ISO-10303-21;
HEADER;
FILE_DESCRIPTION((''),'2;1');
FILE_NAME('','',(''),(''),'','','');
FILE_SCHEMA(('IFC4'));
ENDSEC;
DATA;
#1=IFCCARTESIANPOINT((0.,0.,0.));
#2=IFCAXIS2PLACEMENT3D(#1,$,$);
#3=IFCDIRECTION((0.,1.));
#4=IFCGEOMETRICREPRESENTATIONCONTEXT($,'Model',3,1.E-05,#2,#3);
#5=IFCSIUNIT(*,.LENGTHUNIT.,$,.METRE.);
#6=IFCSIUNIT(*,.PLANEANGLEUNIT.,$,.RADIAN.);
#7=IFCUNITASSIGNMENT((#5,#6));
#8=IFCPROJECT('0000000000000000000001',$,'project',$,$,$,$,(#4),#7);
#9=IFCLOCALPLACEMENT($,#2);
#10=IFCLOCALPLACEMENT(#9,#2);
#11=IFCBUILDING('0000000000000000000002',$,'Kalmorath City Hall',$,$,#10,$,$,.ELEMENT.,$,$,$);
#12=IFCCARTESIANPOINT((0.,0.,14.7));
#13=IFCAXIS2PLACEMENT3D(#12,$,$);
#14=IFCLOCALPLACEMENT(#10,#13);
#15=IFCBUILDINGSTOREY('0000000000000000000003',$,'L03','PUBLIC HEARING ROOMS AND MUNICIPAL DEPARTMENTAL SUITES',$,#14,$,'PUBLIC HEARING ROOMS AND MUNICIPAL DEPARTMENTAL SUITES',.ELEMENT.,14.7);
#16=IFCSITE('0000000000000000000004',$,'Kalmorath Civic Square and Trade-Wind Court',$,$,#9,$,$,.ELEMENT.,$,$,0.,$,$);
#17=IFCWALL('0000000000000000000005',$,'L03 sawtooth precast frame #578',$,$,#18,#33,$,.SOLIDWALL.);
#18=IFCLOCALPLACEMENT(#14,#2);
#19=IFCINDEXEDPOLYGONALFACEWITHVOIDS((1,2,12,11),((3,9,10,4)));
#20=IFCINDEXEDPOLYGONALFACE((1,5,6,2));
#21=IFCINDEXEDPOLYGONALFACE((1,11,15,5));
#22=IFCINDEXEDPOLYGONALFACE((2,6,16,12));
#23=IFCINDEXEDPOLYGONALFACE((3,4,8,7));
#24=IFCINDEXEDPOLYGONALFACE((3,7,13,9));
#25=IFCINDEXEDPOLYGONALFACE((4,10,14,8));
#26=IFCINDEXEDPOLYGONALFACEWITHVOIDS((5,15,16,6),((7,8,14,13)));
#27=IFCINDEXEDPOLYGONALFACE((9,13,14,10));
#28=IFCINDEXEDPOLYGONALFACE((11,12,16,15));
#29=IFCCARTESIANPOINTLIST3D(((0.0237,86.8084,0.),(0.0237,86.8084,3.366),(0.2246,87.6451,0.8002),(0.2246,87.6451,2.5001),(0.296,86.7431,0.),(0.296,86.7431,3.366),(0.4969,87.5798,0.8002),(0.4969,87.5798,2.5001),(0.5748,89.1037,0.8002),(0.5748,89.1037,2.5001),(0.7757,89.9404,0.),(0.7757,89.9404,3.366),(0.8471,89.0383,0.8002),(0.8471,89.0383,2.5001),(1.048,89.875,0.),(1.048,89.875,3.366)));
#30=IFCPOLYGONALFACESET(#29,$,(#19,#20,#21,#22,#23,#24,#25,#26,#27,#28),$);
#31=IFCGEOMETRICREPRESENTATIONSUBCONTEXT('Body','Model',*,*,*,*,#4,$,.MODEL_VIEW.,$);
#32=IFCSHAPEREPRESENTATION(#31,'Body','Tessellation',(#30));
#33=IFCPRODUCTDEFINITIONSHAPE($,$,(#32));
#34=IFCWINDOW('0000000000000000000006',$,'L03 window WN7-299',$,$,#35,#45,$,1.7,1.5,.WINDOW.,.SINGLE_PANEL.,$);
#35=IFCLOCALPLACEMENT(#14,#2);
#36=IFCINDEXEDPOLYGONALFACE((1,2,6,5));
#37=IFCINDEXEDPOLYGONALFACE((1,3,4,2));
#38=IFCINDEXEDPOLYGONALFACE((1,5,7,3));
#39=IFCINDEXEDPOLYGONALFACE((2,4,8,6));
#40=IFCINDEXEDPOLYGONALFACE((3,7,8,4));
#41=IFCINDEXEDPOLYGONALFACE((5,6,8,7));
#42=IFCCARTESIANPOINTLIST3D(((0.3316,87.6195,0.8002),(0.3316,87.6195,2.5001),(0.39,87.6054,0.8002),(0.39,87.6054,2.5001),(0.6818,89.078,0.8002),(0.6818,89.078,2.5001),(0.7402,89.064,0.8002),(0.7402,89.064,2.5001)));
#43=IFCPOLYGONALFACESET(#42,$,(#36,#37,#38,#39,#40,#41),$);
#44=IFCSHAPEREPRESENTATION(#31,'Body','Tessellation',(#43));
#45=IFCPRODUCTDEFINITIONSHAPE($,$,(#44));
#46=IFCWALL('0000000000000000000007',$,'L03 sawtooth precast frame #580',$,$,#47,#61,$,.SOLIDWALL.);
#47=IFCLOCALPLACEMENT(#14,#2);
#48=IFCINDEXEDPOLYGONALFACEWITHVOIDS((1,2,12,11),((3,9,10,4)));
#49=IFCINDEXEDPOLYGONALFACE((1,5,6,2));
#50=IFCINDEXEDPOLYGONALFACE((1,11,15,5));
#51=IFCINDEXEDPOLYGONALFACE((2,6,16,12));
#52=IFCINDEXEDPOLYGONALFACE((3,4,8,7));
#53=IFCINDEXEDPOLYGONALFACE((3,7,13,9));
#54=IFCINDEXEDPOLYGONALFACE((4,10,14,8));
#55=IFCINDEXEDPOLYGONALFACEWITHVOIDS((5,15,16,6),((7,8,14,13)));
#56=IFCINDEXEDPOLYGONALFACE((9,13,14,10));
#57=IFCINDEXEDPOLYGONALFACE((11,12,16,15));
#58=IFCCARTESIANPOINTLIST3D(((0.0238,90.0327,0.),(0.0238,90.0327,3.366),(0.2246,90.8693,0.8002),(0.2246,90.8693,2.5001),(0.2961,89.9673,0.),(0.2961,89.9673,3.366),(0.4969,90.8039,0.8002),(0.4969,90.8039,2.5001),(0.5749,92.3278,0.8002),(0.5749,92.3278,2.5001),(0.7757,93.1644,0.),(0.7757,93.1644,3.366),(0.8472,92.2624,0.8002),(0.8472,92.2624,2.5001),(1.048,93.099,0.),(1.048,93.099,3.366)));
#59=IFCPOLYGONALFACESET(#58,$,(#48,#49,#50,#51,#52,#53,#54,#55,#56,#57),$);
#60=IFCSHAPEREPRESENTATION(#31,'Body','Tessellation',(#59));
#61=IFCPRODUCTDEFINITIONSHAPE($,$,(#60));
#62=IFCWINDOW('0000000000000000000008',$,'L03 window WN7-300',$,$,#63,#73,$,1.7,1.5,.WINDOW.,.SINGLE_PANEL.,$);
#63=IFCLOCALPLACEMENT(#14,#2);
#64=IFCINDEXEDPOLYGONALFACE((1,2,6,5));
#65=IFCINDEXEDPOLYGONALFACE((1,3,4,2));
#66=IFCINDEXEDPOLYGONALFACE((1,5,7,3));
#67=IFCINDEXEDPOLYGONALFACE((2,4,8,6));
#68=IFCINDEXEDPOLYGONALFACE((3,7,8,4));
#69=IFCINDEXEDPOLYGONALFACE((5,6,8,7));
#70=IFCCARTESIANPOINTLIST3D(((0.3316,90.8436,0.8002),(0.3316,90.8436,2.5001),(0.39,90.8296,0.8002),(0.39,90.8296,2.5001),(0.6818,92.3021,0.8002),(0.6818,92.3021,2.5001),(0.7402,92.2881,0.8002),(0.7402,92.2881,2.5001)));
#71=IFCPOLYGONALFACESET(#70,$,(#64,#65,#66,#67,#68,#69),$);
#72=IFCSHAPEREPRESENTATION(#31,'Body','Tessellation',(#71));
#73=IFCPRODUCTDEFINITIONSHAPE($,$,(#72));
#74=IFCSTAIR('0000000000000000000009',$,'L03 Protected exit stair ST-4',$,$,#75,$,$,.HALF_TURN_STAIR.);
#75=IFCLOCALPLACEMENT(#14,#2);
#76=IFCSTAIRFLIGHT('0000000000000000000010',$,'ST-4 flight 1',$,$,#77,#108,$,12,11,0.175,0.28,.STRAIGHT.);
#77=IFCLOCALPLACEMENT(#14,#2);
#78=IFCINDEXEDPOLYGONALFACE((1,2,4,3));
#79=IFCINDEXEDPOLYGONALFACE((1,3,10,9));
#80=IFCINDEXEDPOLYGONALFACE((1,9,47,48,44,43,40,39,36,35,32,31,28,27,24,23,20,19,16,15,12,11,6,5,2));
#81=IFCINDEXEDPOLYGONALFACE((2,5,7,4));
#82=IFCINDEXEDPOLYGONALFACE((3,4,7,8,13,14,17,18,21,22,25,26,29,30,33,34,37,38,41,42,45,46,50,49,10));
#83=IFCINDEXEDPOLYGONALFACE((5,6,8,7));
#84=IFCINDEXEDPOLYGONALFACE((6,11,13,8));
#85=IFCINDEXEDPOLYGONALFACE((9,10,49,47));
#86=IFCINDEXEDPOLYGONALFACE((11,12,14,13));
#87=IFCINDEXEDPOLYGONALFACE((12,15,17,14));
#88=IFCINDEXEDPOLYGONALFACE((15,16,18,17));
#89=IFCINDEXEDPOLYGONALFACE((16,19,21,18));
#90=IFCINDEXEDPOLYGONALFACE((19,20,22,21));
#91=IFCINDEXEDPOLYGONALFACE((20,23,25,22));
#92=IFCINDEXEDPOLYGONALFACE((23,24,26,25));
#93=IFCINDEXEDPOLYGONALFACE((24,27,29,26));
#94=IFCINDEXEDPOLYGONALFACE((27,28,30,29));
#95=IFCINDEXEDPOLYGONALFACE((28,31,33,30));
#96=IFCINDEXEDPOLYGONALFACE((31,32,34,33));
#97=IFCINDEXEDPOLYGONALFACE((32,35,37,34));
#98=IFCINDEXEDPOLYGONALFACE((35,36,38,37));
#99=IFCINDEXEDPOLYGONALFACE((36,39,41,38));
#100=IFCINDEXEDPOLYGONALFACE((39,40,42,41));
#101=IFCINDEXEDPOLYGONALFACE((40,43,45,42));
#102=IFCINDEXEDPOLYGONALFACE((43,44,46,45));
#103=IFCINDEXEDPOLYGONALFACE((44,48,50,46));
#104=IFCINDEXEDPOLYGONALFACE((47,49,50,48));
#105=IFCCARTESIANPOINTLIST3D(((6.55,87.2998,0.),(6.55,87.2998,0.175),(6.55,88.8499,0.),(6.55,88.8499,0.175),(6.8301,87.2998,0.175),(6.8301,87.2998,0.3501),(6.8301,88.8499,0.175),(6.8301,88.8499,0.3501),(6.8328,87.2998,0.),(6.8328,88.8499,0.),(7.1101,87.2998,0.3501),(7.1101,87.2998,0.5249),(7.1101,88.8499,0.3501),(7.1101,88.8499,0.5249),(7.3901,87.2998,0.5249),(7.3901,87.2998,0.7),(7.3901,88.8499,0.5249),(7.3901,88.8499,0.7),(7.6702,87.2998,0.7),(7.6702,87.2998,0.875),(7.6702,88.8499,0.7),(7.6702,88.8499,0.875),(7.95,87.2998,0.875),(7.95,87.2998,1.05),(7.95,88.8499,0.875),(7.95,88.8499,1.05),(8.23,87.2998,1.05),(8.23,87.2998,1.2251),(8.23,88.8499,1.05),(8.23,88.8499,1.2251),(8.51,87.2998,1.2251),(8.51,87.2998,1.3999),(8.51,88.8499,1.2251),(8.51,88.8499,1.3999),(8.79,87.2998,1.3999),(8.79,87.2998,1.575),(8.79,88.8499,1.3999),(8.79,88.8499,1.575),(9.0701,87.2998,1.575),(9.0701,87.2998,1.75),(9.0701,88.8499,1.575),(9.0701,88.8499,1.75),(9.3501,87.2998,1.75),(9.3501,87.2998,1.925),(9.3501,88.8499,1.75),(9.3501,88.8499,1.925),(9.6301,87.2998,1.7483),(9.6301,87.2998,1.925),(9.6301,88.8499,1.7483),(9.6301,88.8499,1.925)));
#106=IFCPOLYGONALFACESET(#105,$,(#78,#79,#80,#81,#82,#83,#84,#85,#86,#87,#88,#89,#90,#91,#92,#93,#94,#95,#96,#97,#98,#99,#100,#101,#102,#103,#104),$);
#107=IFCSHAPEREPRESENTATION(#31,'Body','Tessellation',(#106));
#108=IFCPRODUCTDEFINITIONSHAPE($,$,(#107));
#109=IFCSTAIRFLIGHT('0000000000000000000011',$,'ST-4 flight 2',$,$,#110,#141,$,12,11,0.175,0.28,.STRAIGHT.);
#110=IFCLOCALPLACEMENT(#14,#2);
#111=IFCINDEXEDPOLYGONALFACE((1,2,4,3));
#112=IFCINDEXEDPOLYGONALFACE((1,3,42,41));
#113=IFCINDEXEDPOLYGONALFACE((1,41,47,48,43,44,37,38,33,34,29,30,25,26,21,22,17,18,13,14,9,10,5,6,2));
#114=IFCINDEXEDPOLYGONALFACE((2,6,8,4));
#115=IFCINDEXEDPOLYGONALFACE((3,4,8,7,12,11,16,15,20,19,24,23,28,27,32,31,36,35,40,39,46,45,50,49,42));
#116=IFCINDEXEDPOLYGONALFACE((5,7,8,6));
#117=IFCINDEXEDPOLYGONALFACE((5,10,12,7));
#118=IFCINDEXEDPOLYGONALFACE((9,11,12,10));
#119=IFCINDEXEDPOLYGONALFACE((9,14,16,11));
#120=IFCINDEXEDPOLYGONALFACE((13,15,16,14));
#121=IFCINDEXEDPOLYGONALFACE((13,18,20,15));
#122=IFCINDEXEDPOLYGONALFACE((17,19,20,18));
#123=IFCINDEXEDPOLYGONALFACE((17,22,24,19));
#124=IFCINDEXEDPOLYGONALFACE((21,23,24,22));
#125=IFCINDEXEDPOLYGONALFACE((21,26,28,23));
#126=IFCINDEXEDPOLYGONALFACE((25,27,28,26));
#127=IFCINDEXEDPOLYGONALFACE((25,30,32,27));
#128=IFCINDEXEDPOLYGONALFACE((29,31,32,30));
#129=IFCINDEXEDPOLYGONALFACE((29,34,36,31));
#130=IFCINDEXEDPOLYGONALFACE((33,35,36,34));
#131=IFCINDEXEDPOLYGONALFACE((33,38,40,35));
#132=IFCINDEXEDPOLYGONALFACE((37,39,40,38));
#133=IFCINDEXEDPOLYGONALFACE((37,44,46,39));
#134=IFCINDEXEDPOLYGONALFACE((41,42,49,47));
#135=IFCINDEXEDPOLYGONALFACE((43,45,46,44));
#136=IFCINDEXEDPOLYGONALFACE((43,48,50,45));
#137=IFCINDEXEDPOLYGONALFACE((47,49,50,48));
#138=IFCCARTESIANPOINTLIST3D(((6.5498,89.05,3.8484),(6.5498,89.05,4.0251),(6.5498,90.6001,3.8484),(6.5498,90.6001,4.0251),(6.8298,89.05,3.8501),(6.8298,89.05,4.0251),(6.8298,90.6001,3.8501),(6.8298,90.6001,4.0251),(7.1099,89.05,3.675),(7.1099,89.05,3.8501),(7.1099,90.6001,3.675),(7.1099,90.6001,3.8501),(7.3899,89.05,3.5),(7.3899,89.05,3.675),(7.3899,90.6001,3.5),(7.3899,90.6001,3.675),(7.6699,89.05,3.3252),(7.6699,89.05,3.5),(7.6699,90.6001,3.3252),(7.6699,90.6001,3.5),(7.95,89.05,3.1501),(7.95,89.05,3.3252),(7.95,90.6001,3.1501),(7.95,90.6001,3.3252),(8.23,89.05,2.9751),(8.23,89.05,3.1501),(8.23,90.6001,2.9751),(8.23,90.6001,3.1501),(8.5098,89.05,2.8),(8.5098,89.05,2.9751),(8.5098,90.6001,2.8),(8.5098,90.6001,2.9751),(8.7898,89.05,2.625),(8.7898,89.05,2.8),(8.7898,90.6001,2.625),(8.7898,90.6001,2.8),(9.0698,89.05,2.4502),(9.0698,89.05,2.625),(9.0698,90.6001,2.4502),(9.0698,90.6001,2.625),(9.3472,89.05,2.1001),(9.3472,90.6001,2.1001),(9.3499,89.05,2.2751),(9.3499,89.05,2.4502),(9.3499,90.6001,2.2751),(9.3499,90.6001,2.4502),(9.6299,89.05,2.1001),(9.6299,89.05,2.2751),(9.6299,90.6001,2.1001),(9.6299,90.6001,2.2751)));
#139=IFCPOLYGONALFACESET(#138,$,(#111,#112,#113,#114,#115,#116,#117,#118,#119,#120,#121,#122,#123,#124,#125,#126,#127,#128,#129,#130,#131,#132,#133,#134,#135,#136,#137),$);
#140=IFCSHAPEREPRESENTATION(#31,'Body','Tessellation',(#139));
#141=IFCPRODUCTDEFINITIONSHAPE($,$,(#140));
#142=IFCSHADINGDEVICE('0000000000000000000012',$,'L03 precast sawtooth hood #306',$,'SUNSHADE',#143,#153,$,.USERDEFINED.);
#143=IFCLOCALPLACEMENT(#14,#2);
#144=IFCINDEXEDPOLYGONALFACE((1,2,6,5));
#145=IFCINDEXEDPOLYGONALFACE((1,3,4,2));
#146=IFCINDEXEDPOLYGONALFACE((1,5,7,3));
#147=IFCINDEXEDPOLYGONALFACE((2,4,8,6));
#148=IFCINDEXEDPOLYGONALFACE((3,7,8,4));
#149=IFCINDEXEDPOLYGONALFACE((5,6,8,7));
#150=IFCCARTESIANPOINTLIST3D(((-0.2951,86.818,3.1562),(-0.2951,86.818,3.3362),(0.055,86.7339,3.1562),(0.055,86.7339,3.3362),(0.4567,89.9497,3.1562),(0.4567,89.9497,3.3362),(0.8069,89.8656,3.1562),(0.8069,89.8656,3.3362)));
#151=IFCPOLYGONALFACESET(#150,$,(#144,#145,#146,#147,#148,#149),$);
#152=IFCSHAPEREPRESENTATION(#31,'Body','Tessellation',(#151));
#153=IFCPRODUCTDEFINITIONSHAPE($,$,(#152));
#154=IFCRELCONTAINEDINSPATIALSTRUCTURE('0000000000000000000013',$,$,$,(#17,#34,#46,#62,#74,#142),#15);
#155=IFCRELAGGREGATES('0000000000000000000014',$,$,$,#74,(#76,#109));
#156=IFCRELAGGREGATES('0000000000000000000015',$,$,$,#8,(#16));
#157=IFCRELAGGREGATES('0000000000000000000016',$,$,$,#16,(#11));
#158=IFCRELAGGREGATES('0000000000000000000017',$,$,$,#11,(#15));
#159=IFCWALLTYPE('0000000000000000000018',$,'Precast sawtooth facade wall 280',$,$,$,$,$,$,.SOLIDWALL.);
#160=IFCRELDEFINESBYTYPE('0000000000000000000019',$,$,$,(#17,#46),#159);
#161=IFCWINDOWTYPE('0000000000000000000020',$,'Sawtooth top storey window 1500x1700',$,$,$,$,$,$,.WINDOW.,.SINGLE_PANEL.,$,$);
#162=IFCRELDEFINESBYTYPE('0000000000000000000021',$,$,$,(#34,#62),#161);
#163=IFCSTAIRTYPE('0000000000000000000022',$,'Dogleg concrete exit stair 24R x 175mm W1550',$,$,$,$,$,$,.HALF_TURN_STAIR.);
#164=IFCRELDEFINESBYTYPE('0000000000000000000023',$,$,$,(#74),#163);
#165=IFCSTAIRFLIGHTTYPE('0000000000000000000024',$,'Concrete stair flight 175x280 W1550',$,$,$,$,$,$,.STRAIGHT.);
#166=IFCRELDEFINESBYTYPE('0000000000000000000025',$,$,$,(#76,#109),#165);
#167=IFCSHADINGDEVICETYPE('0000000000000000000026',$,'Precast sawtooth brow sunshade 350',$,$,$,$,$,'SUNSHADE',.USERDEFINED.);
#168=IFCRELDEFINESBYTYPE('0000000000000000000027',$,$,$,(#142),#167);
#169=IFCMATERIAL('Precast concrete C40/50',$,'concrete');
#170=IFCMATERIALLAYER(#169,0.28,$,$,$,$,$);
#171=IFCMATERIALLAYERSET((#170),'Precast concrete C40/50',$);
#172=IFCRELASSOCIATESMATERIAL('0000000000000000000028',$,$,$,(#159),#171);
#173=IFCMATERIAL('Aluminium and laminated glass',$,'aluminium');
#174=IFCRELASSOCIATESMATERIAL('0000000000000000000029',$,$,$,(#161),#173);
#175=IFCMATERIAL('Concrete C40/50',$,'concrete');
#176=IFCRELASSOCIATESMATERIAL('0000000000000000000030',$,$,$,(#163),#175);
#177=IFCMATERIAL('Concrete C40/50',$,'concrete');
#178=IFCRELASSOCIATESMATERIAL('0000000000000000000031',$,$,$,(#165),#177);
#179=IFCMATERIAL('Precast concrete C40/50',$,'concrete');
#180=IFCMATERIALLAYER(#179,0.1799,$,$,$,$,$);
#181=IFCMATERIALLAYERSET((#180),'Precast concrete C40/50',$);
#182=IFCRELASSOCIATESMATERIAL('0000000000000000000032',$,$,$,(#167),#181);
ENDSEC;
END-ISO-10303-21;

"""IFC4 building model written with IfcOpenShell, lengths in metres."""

from ifc_helpers import new_model, si_unit, direction, frame, frame_2d, origin, origin_2d, place, context, subcontext, project, spatial, polyline, rectangle, outline, extrude, material, layer, layer_set, type_object, element, fill, aggregate, save


model = new_model("IFC4")

# Units and contexts
model_context = context("Model", 3, precision=1e-05, world=origin(), true_north=direction((0.0, 1.0)))
body_context = subcontext(model_context, "Body", "Model", "MODEL_VIEW")
ifc_project = project(units=[si_unit("LENGTHUNIT", "METRE"), si_unit("PLANEANGLEUNIT", "RADIAN")], contexts=[model_context])

# Site, building, storey
site_placement = place(None, origin())
site = spatial("IfcSite", under=ifc_project, at=site_placement, Name="Kalmorath Civic Square and Trade-Wind Court", CompositionType="ELEMENT", RefElevation=0.0)
building_placement = place(site_placement, origin())
building = spatial("IfcBuilding", under=site, at=building_placement, Name="Kalmorath City Hall", CompositionType="ELEMENT")
storey_placement = place(building_placement, frame((0.0, 0.0, 14.7)))
storey = spatial("IfcBuildingStorey", under=building, at=storey_placement, Name="L03", Description="PUBLIC HEARING ROOMS AND MUNICIPAL DEPARTMENTAL SUITES", LongName="PUBLIC HEARING ROOMS AND MUNICIPAL DEPARTMENTAL SUITES", CompositionType="ELEMENT", Elevation=14.7)

# Walls, openings, windows
ifc_material_1 = material(Name="Precast concrete C40/50", Category="concrete")
ifc_layer_1 = layer(ifc_material_1, 0.28)
ifc_layer_set_1 = layer_set([ifc_layer_1], Name="Precast concrete C40/50")
wall_type_1 = type_object("IfcWallType", Name="Precast sawtooth facade wall 280", PredefinedType="SOLIDWALL", material=ifc_layer_set_1)
wall_1_placement = place(storey_placement, frame((0.1599, 86.7759, 0.0), z_axis=(0.0, 0.0, 1.0), x_axis=(0.233465, 0.972365, 0.0)))
wall_1 = element("IfcWall", 1, at=wall_1_placement, inside=storey, type_object=wall_type_1, Name="L03 sawtooth precast frame #578", PredefinedType="SOLIDWALL", context=body_context, shape_type="SweptSolid", body=[
    extrude(rectangle(XDim=3.2209, YDim=0.28, at=frame_2d((1.6104, 0.0))), origin(), (0.0, 0.0, 1.0), 3.366),
])
opening_1_placement = place(wall_1_placement, frame((0.8604, 0.0, 0.8)))
opening_1 = element("IfcOpeningElement", 2, at=opening_1_placement, cuts=wall_1, PredefinedType="OPENING", context=body_context, shape_type="SweptSolid", body=[
    extrude(rectangle(XDim=1.5, YDim=1.7, at=frame_2d((0.75, 0.8501))), frame((0.0, 0.1499, 0.0), z_axis=(0.0, -1.0, 0.0), x_axis=(1.0, 0.0, 0.0)), (0.0, 0.0, 1.0), 0.3),
])
ifc_material_2 = material(Name="Aluminium and laminated glass", Category="aluminium")
window_type = type_object("IfcWindowType", Name="Sawtooth top storey window 1500x1700", PartitioningType="SINGLE_PANEL", PredefinedType="WINDOW", material=ifc_material_2)
window_1_placement = place(opening_1_placement, origin())
window_1 = element("IfcWindow", 3, at=window_1_placement, inside=storey, type_object=window_type, Name="L03 window WN7-299", OverallHeight=1.7, OverallWidth=1.5, PartitioningType="SINGLE_PANEL", PredefinedType="WINDOW", context=body_context, shape_type="SweptSolid", body=[
    extrude(rectangle(XDim=1.5, YDim=1.7, at=frame_2d((0.75, 0.8501))), frame((0.0, 0.03, 0.0), z_axis=(0.0, -1.0, 0.0), x_axis=(1.0, 0.0, 0.0)), (0.0, 0.0, 1.0), 0.0601),
])
fill(opening_1, window_1)
wall_2_placement = place(storey_placement, frame((0.1599, 90.0, 0.0), z_axis=(0.0, 0.0, 1.0), x_axis=(0.233482, 0.972361, 0.0)))
wall_2 = element("IfcWall", 4, at=wall_2_placement, inside=storey, type_object=wall_type_1, Name="L03 sawtooth precast frame #580", PredefinedType="SOLIDWALL", context=body_context, shape_type="SweptSolid", body=[
    extrude(rectangle(XDim=3.2207, YDim=0.28, at=frame_2d((1.6104, 0.0))), origin(), (0.0, 0.0, 1.0), 3.366),
])
opening_2_placement = place(wall_2_placement, frame((0.8604, 0.0, 0.8)))
opening_2 = element("IfcOpeningElement", 5, at=opening_2_placement, cuts=wall_2, PredefinedType="OPENING", context=body_context, shape_type="SweptSolid", body=[
    extrude(rectangle(XDim=1.5, YDim=1.7, at=frame_2d((0.75, 0.8501))), frame((0.0, 0.1499, 0.0), z_axis=(0.0, -1.0, 0.0), x_axis=(1.0, 0.0, 0.0)), (0.0, 0.0, 1.0), 0.3),
])
window_2_placement = place(opening_2_placement, origin())
window_2 = element("IfcWindow", 6, at=window_2_placement, inside=storey, type_object=window_type, Name="L03 window WN7-300", OverallHeight=1.7, OverallWidth=1.5, PartitioningType="SINGLE_PANEL", PredefinedType="WINDOW", context=body_context, shape_type="SweptSolid", body=[
    extrude(rectangle(XDim=1.5, YDim=1.7, at=frame_2d((0.75, 0.8501))), frame((0.0, 0.03, 0.0), z_axis=(0.0, -1.0, 0.0), x_axis=(1.0, 0.0, 0.0)), (0.0, 0.0, 1.0), 0.0601),
])
fill(opening_2, window_2)

# Stair, stair flights
ifc_material_3 = material(Name="Concrete C40/50", Category="concrete")
stair_type = type_object("IfcStairType", Name="Dogleg concrete exit stair 24R x 175mm W1550", PredefinedType="HALF_TURN_STAIR", material=ifc_material_3)
stair_placement = place(storey_placement, origin())
stair = element("IfcStair", 7, at=stair_placement, inside=storey, type_object=stair_type, Name="L03 Protected exit stair ST-4", PredefinedType="HALF_TURN_STAIR")
ifc_material_4 = material(Name="Concrete C40/50", Category="concrete")
stair_flight_type = type_object("IfcStairFlightType", Name="Concrete stair flight 175x280 W1550", PredefinedType="STRAIGHT", material=ifc_material_4)
stair_flight_1_placement = place(storey_placement, frame((6.55, 88.075, 0.0), z_axis=(0.0, 0.0, 1.0), x_axis=(1.0, 0.0, 0.0)))
stair_flight_1 = element("IfcStairFlight", 8, at=stair_flight_1_placement, type_object=stair_flight_type, Name="ST-4 flight 1", NumberOfRisers=12, NumberOfTreads=11, PredefinedType="STRAIGHT", RiserHeight=0.175, TreadLength=0.28, context=body_context, shape_type="SweptSolid", body=[
    extrude(outline(polyline([(0.0, 0.0), (0.0, 0.175), (0.28, 0.175), (0.28, 0.3501), (0.5601, 0.3501), (0.5601, 0.5249), (0.8401, 0.5249), (0.8401, 0.7), (1.1201, 0.7), (1.1201, 0.875), (1.3999, 0.875), (1.3999, 1.05), (1.6799, 1.05), (1.6799, 1.2251), (1.96, 1.2251), (1.96, 1.3999), (2.24, 1.3999), (2.24, 1.575), (2.52, 1.575), (2.52, 1.75), (2.8, 1.75), (2.8, 1.925), (3.0801, 1.925), (3.0801, 2.1001), (3.0801, 1.7483), (0.2827, 0.0), (0.0, 0.0)])), frame((0.0, 0.7749, 0.0), z_axis=(0.0, -1.0, 0.0), x_axis=(1.0, 0.0, 0.0)), (0.0, 0.0, 1.0), 1.55),
])
stair_flight_2_placement = place(storey_placement, frame((9.6299, 89.825, 2.1001), z_axis=(0.0, 0.0, 1.0), x_axis=(-1.0, 0.0, 0.0)))
stair_flight_2 = element("IfcStairFlight", 9, at=stair_flight_2_placement, type_object=stair_flight_type, Name="ST-4 flight 2", NumberOfRisers=12, NumberOfTreads=11, PredefinedType="STRAIGHT", RiserHeight=0.175, TreadLength=0.28, context=body_context, shape_type="SweptSolid", body=[
    extrude(outline(polyline([(0.0, 0.0), (0.0, 0.175), (0.28, 0.175), (0.28, 0.3501), (0.5601, 0.3501), (0.5601, 0.5249), (0.8401, 0.5249), (0.8401, 0.7), (1.1201, 0.7), (1.1201, 0.875), (1.3999, 0.875), (1.3999, 1.05), (1.6799, 1.05), (1.6799, 1.2251), (1.96, 1.2251), (1.96, 1.3999), (2.24, 1.3999), (2.24, 1.575), (2.52, 1.575), (2.52, 1.75), (2.8, 1.75), (2.8, 1.925), (3.0801, 1.925), (3.0801, 2.1001), (3.0801, 1.7483), (0.2827, 0.0), (0.0, 0.0)])), frame((0.0, 0.7749, 0.0), z_axis=(0.0, -1.0, 0.0), x_axis=(1.0, 0.0, 0.0)), (0.0, 0.0, 1.0), 1.55),
])
aggregate(stair, [stair_flight_1, stair_flight_2])

# Shading device
ifc_material_5 = material(Name="Precast concrete C40/50", Category="concrete")
ifc_layer_2 = layer(ifc_material_5, 0.1799)
ifc_layer_set_2 = layer_set([ifc_layer_2], Name="Precast concrete C40/50")
shading_device_type = type_object("IfcShadingDeviceType", Name="Precast sawtooth brow sunshade 350", ElementType="SUNSHADE", PredefinedType="USERDEFINED", material=ifc_layer_set_2)
shading_device_placement = place(storey_placement, frame((0.2559, 88.3418, 3.1562), z_axis=(0.0, 0.0, 1.0), x_axis=(0.233445, 0.97237, 0.0)))
element("IfcShadingDevice", 10, at=shading_device_placement, inside=storey, type_object=shading_device_type, Name="L03 precast sawtooth hood #306", ObjectType="SUNSHADE", PredefinedType="USERDEFINED", context=body_context, shape_type="SweptSolid", body=[
    extrude(rectangle(XDim=3.2207, YDim=0.3601, at=origin_2d()), origin(), (0.0, 0.0, 1.0), 0.1799),
])

save(model, "model.ifc")
